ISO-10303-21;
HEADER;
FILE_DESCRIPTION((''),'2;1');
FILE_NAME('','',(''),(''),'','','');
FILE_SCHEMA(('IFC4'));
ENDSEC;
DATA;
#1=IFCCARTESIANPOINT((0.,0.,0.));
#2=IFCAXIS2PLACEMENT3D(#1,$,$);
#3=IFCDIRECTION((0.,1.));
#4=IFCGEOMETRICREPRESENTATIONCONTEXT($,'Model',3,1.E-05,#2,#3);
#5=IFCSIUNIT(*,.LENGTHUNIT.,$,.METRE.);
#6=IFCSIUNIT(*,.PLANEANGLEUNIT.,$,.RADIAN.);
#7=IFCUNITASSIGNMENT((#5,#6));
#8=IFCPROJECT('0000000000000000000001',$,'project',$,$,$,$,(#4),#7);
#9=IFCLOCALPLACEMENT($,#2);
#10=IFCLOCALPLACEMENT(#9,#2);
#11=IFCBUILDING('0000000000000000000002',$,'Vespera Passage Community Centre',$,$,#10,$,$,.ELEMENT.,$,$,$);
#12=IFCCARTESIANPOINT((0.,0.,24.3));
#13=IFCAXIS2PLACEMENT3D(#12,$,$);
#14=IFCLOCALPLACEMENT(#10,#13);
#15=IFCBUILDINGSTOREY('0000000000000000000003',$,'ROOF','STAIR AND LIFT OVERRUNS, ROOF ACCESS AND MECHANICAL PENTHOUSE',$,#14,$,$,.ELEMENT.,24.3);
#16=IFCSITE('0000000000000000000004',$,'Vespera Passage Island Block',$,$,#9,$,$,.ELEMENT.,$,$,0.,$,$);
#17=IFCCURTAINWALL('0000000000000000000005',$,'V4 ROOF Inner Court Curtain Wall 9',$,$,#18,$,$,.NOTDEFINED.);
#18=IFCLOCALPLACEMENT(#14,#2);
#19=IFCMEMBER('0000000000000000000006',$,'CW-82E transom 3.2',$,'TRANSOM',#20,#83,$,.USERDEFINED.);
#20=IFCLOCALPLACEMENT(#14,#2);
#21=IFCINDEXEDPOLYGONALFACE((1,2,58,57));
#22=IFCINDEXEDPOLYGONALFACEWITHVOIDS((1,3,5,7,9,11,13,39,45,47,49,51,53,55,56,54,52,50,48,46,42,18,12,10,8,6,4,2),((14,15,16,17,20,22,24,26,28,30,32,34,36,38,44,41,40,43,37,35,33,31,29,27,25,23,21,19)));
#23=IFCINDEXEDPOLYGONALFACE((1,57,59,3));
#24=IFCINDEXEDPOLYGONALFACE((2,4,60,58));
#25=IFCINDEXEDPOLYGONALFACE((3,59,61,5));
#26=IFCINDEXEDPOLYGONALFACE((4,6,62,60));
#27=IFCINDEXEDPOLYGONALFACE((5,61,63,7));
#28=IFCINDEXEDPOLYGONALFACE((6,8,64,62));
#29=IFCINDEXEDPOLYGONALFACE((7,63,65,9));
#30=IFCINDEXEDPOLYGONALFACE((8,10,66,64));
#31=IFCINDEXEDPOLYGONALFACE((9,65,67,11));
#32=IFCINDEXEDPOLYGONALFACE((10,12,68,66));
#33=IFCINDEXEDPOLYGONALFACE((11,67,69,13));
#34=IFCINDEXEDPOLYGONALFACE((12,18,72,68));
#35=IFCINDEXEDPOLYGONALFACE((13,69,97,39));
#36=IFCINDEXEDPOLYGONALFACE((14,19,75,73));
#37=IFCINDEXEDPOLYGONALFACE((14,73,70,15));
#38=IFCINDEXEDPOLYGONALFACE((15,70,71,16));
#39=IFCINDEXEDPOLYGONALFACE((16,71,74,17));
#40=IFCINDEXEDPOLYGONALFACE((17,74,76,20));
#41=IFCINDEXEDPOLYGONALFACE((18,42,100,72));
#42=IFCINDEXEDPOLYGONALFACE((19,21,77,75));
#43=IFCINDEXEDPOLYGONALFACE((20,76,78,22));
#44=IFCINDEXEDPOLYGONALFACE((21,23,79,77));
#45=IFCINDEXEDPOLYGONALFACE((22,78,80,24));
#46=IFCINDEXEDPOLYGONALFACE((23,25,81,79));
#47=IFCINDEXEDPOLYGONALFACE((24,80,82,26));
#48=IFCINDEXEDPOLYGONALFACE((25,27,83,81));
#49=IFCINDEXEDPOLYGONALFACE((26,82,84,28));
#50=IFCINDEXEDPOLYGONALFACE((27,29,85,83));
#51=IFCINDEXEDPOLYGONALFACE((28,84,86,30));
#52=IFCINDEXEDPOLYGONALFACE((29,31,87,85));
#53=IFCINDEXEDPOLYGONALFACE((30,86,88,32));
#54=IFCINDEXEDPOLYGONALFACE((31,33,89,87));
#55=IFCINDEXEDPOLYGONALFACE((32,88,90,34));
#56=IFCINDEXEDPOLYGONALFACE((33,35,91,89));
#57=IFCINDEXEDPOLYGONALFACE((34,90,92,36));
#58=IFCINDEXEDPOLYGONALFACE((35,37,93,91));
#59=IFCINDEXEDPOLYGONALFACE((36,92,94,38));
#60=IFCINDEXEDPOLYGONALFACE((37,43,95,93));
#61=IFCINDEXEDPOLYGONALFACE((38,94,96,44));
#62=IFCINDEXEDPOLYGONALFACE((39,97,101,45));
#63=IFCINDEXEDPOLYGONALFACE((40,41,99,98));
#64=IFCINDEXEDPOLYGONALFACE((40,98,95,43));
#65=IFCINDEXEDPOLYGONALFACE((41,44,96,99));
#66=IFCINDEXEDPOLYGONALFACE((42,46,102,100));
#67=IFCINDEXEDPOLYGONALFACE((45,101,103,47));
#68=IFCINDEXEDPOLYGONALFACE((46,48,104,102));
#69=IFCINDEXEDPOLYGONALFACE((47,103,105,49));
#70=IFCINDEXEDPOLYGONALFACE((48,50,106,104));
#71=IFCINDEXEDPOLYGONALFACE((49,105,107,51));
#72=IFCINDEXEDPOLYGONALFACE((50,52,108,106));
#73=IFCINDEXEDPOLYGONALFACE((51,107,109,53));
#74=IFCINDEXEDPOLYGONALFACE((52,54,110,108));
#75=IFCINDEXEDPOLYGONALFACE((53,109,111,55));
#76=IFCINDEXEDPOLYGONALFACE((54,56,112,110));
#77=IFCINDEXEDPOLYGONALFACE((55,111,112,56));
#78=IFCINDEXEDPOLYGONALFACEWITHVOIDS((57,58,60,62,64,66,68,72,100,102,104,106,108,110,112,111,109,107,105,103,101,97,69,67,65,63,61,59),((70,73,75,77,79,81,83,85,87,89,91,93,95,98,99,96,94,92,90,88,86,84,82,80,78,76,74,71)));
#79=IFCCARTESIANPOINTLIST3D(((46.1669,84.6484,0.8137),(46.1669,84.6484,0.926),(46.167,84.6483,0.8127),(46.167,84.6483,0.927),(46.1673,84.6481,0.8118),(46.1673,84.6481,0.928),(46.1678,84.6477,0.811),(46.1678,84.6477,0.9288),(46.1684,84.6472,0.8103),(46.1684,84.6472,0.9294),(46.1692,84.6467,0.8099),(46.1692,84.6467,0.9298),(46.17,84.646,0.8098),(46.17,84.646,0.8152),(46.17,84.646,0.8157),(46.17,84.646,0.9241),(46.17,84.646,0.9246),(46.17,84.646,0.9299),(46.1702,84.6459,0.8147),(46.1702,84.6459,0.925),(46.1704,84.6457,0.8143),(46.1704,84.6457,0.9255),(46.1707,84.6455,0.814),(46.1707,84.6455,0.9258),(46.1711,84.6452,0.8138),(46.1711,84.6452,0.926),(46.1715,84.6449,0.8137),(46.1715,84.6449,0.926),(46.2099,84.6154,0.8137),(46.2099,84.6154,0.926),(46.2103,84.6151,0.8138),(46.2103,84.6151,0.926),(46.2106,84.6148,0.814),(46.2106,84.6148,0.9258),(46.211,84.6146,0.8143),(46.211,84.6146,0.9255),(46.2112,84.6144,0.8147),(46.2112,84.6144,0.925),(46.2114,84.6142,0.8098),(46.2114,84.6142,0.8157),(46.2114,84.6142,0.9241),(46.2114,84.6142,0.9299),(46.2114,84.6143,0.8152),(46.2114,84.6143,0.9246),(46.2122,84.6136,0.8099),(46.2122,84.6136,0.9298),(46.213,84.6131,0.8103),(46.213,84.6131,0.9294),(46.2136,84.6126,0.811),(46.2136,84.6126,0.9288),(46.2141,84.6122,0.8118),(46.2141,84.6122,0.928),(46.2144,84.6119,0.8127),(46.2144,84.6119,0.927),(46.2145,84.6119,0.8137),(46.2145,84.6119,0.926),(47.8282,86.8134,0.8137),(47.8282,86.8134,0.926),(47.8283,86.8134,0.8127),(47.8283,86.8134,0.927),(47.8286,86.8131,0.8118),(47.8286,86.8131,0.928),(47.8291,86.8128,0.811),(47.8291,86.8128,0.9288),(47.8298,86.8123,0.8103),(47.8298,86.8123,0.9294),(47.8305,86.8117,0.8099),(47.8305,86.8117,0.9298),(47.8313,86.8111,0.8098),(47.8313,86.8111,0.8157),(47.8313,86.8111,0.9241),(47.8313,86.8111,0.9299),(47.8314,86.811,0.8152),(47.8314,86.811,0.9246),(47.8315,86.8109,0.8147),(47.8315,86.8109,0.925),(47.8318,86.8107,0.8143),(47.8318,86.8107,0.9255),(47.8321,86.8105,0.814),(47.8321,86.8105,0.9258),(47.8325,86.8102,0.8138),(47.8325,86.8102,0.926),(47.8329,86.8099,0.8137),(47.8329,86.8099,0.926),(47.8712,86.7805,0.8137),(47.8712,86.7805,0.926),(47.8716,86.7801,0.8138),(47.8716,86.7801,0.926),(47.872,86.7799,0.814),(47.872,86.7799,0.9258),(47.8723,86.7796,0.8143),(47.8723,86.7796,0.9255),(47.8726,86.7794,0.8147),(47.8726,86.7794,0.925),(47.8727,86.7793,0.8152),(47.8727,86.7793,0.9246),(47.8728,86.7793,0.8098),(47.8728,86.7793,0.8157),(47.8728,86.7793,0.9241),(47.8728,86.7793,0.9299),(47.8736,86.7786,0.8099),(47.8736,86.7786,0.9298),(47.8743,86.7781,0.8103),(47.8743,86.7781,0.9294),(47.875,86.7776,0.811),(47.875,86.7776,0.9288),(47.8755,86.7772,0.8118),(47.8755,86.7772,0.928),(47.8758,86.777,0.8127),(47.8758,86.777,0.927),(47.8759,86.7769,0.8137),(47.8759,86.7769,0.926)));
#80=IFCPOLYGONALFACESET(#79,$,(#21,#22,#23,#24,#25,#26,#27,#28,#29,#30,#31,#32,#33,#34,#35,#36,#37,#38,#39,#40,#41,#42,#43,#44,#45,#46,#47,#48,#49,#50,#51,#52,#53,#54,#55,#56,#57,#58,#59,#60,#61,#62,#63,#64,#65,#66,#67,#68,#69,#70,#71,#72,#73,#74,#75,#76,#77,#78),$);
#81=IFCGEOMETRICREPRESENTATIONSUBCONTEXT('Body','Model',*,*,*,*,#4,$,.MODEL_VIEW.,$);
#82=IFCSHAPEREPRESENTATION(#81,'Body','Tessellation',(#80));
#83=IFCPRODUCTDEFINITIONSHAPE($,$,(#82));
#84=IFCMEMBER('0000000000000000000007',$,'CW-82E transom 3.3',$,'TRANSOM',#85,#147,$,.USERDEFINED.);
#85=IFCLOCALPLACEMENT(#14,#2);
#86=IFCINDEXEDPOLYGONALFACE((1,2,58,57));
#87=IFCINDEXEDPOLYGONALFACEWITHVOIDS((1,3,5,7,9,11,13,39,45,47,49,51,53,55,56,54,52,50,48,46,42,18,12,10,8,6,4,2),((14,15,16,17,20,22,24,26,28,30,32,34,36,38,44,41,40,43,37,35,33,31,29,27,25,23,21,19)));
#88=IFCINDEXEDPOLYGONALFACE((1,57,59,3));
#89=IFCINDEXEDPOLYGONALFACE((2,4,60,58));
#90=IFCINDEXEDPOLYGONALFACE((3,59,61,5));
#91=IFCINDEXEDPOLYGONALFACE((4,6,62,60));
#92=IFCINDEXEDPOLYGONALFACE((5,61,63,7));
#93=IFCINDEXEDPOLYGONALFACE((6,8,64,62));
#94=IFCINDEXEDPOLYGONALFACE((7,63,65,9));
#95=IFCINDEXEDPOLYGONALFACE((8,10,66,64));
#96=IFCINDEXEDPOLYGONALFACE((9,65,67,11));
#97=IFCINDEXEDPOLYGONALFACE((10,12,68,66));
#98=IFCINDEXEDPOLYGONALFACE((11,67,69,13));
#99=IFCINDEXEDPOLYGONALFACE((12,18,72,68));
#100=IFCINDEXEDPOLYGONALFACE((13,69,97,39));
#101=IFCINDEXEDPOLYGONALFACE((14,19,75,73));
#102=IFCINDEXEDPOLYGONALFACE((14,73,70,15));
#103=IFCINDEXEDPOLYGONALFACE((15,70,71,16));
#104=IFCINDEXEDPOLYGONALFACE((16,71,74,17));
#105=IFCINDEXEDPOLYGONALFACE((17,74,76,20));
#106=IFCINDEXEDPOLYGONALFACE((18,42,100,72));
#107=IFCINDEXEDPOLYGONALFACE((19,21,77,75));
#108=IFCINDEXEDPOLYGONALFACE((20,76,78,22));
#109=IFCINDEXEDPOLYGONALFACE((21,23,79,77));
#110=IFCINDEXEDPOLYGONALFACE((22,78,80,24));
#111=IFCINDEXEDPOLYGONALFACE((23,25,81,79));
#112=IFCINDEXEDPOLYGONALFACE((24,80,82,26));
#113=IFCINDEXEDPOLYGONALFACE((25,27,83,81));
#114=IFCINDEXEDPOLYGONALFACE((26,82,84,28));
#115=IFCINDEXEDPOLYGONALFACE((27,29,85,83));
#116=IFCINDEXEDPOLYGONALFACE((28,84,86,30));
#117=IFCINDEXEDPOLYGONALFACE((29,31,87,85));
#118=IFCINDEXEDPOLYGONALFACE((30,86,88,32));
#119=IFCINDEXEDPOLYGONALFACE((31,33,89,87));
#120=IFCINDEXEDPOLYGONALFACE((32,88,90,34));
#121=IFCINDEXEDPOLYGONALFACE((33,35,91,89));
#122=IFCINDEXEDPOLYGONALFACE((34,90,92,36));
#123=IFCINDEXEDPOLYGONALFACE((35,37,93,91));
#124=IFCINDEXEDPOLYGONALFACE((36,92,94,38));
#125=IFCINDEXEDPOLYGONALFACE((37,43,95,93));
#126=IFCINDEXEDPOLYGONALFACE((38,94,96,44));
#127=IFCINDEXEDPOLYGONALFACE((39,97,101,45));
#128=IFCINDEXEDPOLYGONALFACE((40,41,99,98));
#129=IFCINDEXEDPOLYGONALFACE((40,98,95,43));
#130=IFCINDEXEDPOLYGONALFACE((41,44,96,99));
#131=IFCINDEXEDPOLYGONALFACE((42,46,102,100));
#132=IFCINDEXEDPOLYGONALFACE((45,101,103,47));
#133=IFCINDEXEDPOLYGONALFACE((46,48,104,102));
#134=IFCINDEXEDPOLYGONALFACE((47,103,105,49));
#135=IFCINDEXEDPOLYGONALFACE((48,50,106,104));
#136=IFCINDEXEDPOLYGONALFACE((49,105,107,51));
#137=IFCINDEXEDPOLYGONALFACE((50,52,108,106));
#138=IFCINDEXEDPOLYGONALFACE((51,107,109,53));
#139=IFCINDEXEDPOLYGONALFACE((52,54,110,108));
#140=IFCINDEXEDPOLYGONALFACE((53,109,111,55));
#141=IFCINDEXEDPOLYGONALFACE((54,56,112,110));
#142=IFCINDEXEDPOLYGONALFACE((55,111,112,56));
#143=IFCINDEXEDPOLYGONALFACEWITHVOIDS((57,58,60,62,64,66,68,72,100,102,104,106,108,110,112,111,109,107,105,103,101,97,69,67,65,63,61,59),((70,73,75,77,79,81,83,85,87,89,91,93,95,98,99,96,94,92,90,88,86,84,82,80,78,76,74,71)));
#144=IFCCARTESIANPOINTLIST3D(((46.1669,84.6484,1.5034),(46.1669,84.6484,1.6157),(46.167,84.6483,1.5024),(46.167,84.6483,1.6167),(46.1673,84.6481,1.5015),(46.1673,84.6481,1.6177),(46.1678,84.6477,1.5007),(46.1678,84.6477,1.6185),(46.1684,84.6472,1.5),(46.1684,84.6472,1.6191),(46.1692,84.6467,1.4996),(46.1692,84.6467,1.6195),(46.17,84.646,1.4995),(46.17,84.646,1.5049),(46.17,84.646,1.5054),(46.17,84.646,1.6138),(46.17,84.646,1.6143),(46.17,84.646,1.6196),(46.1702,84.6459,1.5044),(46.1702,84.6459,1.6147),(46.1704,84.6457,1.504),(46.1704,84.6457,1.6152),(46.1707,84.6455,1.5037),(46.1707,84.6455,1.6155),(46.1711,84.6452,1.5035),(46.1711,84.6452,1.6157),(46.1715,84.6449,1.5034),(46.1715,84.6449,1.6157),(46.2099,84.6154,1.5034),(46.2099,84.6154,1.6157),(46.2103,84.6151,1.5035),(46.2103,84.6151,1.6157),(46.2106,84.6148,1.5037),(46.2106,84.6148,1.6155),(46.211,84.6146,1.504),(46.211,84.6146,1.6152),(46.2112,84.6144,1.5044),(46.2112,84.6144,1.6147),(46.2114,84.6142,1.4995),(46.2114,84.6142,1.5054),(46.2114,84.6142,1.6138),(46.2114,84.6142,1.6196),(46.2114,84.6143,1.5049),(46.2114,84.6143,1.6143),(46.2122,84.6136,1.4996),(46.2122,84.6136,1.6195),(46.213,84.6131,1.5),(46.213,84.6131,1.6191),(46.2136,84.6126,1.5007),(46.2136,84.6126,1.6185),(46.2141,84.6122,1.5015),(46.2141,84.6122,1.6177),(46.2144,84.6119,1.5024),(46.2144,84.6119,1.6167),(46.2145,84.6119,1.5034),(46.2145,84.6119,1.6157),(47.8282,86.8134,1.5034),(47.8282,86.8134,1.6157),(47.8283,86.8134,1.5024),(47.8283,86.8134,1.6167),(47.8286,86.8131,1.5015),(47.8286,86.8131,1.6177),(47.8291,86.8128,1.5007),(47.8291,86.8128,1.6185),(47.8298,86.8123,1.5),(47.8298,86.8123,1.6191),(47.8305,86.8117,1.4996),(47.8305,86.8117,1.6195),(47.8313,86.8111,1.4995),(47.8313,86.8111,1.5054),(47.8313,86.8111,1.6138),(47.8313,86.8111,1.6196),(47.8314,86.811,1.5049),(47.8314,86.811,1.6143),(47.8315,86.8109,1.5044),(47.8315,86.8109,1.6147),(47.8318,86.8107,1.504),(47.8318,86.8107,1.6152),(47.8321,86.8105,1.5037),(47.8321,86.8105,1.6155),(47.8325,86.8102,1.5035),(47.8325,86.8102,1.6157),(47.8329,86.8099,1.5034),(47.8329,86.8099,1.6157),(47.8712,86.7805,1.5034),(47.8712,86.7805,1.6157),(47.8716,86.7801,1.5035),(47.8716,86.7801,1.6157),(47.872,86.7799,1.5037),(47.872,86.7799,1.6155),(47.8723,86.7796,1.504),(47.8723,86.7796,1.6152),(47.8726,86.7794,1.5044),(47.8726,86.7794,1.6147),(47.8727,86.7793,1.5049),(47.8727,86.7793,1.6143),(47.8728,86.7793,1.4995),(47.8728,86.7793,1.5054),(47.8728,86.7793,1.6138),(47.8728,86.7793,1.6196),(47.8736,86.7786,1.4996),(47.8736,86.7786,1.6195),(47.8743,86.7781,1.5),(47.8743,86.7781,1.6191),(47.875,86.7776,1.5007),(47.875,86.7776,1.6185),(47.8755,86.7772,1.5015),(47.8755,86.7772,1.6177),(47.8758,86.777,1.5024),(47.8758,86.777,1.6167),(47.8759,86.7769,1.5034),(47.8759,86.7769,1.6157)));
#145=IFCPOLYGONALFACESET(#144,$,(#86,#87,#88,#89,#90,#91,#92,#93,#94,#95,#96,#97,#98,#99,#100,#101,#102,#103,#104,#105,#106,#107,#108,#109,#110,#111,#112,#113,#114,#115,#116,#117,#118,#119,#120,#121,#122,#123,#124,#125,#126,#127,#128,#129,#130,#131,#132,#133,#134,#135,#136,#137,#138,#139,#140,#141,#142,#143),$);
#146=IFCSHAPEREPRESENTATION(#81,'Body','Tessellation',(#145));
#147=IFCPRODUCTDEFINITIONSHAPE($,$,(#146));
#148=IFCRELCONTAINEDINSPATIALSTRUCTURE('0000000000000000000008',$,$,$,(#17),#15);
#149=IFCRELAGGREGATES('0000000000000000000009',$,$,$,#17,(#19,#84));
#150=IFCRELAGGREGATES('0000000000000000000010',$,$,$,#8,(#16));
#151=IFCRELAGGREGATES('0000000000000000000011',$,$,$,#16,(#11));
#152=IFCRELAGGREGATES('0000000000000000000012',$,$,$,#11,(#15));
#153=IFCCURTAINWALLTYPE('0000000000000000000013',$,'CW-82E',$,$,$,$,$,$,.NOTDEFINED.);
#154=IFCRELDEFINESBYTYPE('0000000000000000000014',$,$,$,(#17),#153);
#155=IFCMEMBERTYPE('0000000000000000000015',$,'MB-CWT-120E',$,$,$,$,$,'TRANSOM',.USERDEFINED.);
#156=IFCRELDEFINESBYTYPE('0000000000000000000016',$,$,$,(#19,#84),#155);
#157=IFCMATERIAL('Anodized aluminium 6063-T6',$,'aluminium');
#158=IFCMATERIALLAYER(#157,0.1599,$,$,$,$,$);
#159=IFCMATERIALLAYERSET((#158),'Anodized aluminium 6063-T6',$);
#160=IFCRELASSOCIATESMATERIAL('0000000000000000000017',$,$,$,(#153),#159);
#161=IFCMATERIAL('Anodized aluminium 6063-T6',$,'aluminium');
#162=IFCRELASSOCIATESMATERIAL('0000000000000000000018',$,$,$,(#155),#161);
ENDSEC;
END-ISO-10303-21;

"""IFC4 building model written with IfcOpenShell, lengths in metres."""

from ifc_helpers import new_model, si_unit, direction, frame, origin, origin_2d, place, context, subcontext, project, spatial, hollow_rectangle, extrude, material, layer, layer_set, material_profile, profile_set, type_object, element, aggregate, save


model = new_model("IFC4")

# Units and contexts
model_context = context("Model", 3, precision=1e-05, world=origin(), true_north=direction((0.0, 1.0)))
body_context = subcontext(model_context, "Body", "Model", "MODEL_VIEW")
ifc_project = project(units=[si_unit("LENGTHUNIT", "METRE"), si_unit("PLANEANGLEUNIT", "RADIAN")], contexts=[model_context])

# Site, building, storey
site_placement = place(None, origin())
site = spatial("IfcSite", under=ifc_project, at=site_placement, Name="Vespera Passage Island Block", CompositionType="ELEMENT", RefElevation=0.0)
building_placement = place(site_placement, origin())
building = spatial("IfcBuilding", under=site, at=building_placement, Name="Vespera Passage Community Centre", CompositionType="ELEMENT")
storey_placement = place(building_placement, frame((0.0, 0.0, 24.3)))
storey = spatial("IfcBuildingStorey", under=building, at=storey_placement, Name="ROOF", Description="STAIR AND LIFT OVERRUNS, ROOF ACCESS AND MECHANICAL PENTHOUSE", CompositionType="ELEMENT", Elevation=24.3)

# Curtain wall, members
ifc_material_1 = material(Name="Anodized aluminium 6063-T6", Category="aluminium")
ifc_layer_1 = layer(ifc_material_1, 0.1599)
ifc_layer_set_1 = layer_set([ifc_layer_1], Name="Anodized aluminium 6063-T6")
curtain_wall_type = type_object("IfcCurtainWallType", Name="CW-82E", PredefinedType="NOTDEFINED", material=ifc_layer_set_1)
curtain_wall_placement = place(storey_placement, origin())
curtain_wall = element("IfcCurtainWall", 1, at=curtain_wall_placement, inside=storey, type_object=curtain_wall_type, Name="V4 ROOF Inner Court Curtain Wall 9", PredefinedType="NOTDEFINED")
ifc_material_2 = material(Name="Anodized aluminium 6063-T6", Category="aluminium")
ifc_material_profile_1 = material_profile(ifc_material_2, hollow_rectangle(XDim=0.0601, YDim=0.1201, WallThickness=0.0039, InnerFilletRadius=0.002, OuterFilletRadius=0.0039, at=origin_2d()), Name="ALU120X60X4")
ifc_profile_set_1 = profile_set([ifc_material_profile_1], Name="Anodized aluminium 6063-T6")
member_type_1 = type_object("IfcMemberType", Name="MB-CWT-120E", ElementType="TRANSOM", PredefinedType="USERDEFINED", material=ifc_profile_set_1)
member_1_placement = place(storey_placement, frame((47.8521, 86.7952, 0.8699), z_axis=(-0.608781, -0.793338, 0.0), x_axis=(0.793338, -0.608781, 0.0)))
member_1 = element("IfcMember", 2, at=member_1_placement, type_object=member_type_1, Name="CW-82E transom 3.2", ObjectType="TRANSOM", PredefinedType="USERDEFINED", context=body_context, shape_type="SweptSolid", body=[
    extrude(hollow_rectangle(XDim=0.0601, YDim=0.1201, WallThickness=0.0039, InnerFilletRadius=0.002, OuterFilletRadius=0.0039, at=origin_2d()), origin(), (0.0, 0.0, 1.0), 2.729),
])
member_2_placement = place(storey_placement, frame((47.8521, 86.7952, 1.5596), z_axis=(-0.608781, -0.793338, 0.0), x_axis=(0.793338, -0.608781, 0.0)))
member_2 = element("IfcMember", 3, at=member_2_placement, type_object=member_type_1, Name="CW-82E transom 3.3", ObjectType="TRANSOM", PredefinedType="USERDEFINED", context=body_context, shape_type="SweptSolid", body=[
    extrude(hollow_rectangle(XDim=0.0601, YDim=0.1201, WallThickness=0.0039, InnerFilletRadius=0.002, OuterFilletRadius=0.0039, at=origin_2d()), origin(), (0.0, 0.0, 1.0), 2.729),
])

aggregate(curtain_wall, [member_1, member_2])

save(model, "model.ifc")
